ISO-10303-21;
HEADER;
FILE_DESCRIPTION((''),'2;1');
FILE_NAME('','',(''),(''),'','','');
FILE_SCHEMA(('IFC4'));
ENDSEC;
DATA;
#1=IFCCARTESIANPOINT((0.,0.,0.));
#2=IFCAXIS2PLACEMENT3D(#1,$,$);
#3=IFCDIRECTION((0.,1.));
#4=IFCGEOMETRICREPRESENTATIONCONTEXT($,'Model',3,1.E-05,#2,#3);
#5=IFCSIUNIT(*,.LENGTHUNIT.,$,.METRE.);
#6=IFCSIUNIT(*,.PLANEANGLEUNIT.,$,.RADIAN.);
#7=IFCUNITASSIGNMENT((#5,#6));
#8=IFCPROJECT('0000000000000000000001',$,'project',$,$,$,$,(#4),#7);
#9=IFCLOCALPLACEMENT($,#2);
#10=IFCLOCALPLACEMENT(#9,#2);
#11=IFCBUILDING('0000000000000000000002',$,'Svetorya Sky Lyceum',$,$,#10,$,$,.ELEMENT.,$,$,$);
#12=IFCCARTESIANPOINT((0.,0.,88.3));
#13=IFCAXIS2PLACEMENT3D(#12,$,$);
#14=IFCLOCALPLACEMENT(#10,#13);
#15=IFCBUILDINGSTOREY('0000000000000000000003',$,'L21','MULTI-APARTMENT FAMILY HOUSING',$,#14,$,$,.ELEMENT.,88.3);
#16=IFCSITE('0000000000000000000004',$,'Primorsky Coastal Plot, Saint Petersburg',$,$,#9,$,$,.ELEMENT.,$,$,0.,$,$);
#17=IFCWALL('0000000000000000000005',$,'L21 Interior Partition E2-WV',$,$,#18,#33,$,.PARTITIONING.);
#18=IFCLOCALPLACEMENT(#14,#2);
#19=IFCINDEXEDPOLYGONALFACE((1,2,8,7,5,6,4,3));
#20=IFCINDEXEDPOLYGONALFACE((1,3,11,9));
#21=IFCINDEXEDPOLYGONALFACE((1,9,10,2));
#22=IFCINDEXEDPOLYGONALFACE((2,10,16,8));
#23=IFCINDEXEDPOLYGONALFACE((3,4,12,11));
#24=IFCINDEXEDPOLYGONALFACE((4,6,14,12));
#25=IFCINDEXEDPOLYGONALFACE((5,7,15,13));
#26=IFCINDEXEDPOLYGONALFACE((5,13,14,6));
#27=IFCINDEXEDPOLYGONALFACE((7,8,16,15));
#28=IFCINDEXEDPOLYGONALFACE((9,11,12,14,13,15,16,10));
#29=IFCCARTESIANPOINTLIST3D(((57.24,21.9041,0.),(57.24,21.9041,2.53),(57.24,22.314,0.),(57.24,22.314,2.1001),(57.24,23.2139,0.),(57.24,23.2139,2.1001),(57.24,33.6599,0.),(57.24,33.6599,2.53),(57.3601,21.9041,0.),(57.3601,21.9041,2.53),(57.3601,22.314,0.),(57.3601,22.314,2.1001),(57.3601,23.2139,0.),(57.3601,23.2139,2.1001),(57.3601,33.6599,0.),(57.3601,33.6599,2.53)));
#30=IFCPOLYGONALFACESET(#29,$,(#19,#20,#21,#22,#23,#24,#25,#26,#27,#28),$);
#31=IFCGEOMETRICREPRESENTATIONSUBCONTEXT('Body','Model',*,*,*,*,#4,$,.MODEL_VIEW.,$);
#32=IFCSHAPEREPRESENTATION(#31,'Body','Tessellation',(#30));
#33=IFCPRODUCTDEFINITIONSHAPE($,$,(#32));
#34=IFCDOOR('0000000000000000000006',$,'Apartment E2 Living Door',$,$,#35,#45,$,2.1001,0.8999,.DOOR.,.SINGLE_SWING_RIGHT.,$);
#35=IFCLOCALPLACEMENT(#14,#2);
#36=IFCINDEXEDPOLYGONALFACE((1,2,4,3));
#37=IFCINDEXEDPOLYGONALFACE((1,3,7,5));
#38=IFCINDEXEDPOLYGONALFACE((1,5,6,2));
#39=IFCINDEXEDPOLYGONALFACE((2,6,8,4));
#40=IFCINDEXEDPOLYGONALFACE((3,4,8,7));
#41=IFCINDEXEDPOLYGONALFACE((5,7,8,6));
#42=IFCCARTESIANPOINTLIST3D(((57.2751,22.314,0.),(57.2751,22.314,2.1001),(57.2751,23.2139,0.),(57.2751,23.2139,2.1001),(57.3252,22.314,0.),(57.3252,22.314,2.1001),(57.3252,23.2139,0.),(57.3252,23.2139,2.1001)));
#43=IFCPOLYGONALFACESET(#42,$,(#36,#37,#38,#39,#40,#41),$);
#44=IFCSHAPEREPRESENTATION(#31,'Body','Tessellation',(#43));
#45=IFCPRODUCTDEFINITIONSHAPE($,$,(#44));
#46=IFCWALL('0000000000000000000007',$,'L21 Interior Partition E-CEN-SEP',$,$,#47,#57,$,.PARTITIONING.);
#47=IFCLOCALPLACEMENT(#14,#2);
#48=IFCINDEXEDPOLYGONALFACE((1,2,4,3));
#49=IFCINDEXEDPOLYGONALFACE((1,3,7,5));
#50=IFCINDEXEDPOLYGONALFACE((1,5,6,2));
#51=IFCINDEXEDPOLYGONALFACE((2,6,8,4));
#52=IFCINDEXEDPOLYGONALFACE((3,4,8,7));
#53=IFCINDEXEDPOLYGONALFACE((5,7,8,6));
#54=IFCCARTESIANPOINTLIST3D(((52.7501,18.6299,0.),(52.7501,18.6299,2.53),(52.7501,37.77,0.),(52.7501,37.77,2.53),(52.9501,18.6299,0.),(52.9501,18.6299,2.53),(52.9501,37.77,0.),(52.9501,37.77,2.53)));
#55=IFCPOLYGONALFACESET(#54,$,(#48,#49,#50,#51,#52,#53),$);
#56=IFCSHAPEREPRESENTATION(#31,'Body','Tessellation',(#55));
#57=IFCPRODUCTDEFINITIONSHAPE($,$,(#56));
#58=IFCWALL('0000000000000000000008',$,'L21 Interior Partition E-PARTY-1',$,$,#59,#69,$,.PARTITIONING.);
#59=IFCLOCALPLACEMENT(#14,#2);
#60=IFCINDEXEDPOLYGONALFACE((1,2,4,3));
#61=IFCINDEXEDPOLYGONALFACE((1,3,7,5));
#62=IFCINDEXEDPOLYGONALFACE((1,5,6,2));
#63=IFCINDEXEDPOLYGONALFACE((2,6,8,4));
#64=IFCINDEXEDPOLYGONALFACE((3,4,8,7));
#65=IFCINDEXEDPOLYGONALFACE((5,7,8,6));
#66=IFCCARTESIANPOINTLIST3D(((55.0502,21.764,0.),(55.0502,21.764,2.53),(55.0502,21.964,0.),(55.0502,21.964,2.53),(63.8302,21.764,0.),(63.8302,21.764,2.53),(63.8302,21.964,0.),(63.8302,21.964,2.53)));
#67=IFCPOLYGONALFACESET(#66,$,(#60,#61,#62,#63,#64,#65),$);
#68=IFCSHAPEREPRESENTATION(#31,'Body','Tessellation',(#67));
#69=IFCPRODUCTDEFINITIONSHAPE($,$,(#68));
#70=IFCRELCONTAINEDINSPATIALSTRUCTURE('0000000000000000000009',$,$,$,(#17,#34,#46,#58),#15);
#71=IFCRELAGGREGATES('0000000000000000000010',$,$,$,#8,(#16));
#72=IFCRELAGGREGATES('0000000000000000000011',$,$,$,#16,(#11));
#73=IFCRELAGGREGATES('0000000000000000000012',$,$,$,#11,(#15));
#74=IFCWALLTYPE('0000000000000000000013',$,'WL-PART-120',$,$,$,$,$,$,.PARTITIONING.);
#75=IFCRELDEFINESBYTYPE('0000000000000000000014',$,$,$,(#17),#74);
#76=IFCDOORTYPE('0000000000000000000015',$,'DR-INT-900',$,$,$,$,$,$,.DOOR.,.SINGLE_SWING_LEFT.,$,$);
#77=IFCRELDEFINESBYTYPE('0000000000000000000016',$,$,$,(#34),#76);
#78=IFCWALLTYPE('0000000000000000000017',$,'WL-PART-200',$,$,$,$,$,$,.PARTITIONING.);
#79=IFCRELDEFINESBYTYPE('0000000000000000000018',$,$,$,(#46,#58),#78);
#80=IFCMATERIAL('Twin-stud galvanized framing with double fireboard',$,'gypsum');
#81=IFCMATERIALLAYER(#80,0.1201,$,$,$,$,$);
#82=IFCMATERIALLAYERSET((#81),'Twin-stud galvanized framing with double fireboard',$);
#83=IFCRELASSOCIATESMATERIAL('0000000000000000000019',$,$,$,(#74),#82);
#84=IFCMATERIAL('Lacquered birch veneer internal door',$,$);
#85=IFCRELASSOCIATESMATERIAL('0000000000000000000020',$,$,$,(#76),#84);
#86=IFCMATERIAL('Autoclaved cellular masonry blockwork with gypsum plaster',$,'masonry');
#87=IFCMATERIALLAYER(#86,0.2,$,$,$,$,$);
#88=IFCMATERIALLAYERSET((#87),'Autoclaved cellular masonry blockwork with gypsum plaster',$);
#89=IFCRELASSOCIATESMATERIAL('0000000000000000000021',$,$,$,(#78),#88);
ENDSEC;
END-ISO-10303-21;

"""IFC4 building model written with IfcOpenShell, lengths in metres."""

from ifc_helpers import new_model, si_unit, direction, frame, frame_2d, origin, place, context, subcontext, project, spatial, rectangle, extrude, material, layer, layer_set, type_object, element, fill, save


model = new_model("IFC4")

# Units and contexts
model_context = context("Model", 3, precision=1e-05, world=origin(), true_north=direction((0.0, 1.0)))
body_context = subcontext(model_context, "Body", "Model", "MODEL_VIEW")
ifc_project = project(units=[si_unit("LENGTHUNIT", "METRE"), si_unit("PLANEANGLEUNIT", "RADIAN")], contexts=[model_context])

# Site, building, storey
site_placement = place(None, origin())
site = spatial("IfcSite", under=ifc_project, at=site_placement, Name="Primorsky Coastal Plot, Saint Petersburg", CompositionType="ELEMENT", RefElevation=0.0)
building_placement = place(site_placement, origin())
building = spatial("IfcBuilding", under=site, at=building_placement, Name="Svetorya Sky Lyceum", CompositionType="ELEMENT")
storey_placement = place(building_placement, frame((0.0, 0.0, 88.3)))
storey = spatial("IfcBuildingStorey", under=building, at=storey_placement, Name="L21", Description="MULTI-APARTMENT FAMILY HOUSING", CompositionType="ELEMENT", Elevation=88.3)

# Wall, opening, door
ifc_material_1 = material(Name="Twin-stud galvanized framing with double fireboard", Category="gypsum")
ifc_layer_1 = layer(ifc_material_1, 0.1201)
ifc_layer_set_1 = layer_set([ifc_layer_1], Name="Twin-stud galvanized framing with double fireboard")
wall_type_1 = type_object("IfcWallType", Name="WL-PART-120", PredefinedType="PARTITIONING", material=ifc_layer_set_1)
ifc_material_2 = material(Name="Lacquered birch veneer internal door")
door_type_1 = type_object("IfcDoorType", Name="DR-INT-900", OperationType="SINGLE_SWING_LEFT", PredefinedType="DOOR", material=ifc_material_2)
wall_1_placement = place(storey_placement, frame((57.3, 21.9041, 0.0), z_axis=(0.0, 0.0, 1.0), x_axis=(0.0, 1.0, 0.0)))
wall_1 = element("IfcWall", 1, at=wall_1_placement, inside=storey, type_object=wall_type_1, Name="L21 Interior Partition E2-WV", PredefinedType="PARTITIONING", context=body_context, shape_type="SweptSolid", body=[
    extrude(rectangle(XDim=11.7559, YDim=0.1201, at=frame_2d((5.8779, 0.0))), origin(), (0.0, 0.0, 1.0), 2.53),
])
opening_1_placement = place(wall_1_placement, frame((0.4099, 0.0, 0.0)))
opening_1 = element("IfcOpeningElement", 2, at=opening_1_placement, cuts=wall_1, PredefinedType="OPENING", context=body_context, shape_type="SweptSolid", body=[
    extrude(rectangle(XDim=0.8999, YDim=2.1001, at=frame_2d((0.45, 1.05))), frame((0.0, 0.0701, 0.0), z_axis=(0.0, -1.0, 0.0), x_axis=(1.0, 0.0, 0.0)), (0.0, 0.0, 1.0), 0.1401),
])
door_1_placement = place(opening_1_placement, origin())
door_1 = element("IfcDoor", 3, at=door_1_placement, inside=storey, type_object=door_type_1, Name="Apartment E2 Living Door", OperationType="SINGLE_SWING_RIGHT", OverallHeight=2.1001, OverallWidth=0.8999, PredefinedType="DOOR", context=body_context, shape_type="SweptSolid", body=[
    extrude(rectangle(XDim=0.8999, YDim=2.1001, at=frame_2d((0.45, 1.05))), frame((0.0, 0.0249, 0.0), z_axis=(0.0, -1.0, 0.0), x_axis=(1.0, 0.0, 0.0)), (0.0, 0.0, 1.0), 0.05),
])
fill(opening_1, door_1)

# Walls
ifc_material_3 = material(Name="Autoclaved cellular masonry blockwork with gypsum plaster", Category="masonry")
ifc_layer_2 = layer(ifc_material_3, 0.2)
ifc_layer_set_2 = layer_set([ifc_layer_2], Name="Autoclaved cellular masonry blockwork with gypsum plaster")
wall_type_2 = type_object("IfcWallType", Name="WL-PART-200", PredefinedType="PARTITIONING", material=ifc_layer_set_2)
wall_2_placement = place(storey_placement, frame((52.8501, 18.6299, 0.0), z_axis=(0.0, 0.0, 1.0), x_axis=(0.0, 1.0, 0.0)))
element("IfcWall", 4, at=wall_2_placement, inside=storey, type_object=wall_type_2, Name="L21 Interior Partition E-CEN-SEP", PredefinedType="PARTITIONING", context=body_context, shape_type="SweptSolid", body=[
    extrude(rectangle(XDim=19.1401, YDim=0.2, at=frame_2d((9.5701, 0.0))), origin(), (0.0, 0.0, 1.0), 2.53),
])
wall_3_placement = place(storey_placement, frame((55.05, 21.864, 0.0), z_axis=(0.0, 0.0, 1.0), x_axis=(1.0, 0.0, 0.0)))
element("IfcWall", 5, at=wall_3_placement, inside=storey, type_object=wall_type_2, Name="L21 Interior Partition E-PARTY-1", PredefinedType="PARTITIONING", context=body_context, shape_type="SweptSolid", body=[
    extrude(rectangle(XDim=8.78, YDim=0.2, at=frame_2d((4.3901, 0.0))), origin(), (0.0, 0.0, 1.0), 2.53),
])

save(model, "model.ifc")
